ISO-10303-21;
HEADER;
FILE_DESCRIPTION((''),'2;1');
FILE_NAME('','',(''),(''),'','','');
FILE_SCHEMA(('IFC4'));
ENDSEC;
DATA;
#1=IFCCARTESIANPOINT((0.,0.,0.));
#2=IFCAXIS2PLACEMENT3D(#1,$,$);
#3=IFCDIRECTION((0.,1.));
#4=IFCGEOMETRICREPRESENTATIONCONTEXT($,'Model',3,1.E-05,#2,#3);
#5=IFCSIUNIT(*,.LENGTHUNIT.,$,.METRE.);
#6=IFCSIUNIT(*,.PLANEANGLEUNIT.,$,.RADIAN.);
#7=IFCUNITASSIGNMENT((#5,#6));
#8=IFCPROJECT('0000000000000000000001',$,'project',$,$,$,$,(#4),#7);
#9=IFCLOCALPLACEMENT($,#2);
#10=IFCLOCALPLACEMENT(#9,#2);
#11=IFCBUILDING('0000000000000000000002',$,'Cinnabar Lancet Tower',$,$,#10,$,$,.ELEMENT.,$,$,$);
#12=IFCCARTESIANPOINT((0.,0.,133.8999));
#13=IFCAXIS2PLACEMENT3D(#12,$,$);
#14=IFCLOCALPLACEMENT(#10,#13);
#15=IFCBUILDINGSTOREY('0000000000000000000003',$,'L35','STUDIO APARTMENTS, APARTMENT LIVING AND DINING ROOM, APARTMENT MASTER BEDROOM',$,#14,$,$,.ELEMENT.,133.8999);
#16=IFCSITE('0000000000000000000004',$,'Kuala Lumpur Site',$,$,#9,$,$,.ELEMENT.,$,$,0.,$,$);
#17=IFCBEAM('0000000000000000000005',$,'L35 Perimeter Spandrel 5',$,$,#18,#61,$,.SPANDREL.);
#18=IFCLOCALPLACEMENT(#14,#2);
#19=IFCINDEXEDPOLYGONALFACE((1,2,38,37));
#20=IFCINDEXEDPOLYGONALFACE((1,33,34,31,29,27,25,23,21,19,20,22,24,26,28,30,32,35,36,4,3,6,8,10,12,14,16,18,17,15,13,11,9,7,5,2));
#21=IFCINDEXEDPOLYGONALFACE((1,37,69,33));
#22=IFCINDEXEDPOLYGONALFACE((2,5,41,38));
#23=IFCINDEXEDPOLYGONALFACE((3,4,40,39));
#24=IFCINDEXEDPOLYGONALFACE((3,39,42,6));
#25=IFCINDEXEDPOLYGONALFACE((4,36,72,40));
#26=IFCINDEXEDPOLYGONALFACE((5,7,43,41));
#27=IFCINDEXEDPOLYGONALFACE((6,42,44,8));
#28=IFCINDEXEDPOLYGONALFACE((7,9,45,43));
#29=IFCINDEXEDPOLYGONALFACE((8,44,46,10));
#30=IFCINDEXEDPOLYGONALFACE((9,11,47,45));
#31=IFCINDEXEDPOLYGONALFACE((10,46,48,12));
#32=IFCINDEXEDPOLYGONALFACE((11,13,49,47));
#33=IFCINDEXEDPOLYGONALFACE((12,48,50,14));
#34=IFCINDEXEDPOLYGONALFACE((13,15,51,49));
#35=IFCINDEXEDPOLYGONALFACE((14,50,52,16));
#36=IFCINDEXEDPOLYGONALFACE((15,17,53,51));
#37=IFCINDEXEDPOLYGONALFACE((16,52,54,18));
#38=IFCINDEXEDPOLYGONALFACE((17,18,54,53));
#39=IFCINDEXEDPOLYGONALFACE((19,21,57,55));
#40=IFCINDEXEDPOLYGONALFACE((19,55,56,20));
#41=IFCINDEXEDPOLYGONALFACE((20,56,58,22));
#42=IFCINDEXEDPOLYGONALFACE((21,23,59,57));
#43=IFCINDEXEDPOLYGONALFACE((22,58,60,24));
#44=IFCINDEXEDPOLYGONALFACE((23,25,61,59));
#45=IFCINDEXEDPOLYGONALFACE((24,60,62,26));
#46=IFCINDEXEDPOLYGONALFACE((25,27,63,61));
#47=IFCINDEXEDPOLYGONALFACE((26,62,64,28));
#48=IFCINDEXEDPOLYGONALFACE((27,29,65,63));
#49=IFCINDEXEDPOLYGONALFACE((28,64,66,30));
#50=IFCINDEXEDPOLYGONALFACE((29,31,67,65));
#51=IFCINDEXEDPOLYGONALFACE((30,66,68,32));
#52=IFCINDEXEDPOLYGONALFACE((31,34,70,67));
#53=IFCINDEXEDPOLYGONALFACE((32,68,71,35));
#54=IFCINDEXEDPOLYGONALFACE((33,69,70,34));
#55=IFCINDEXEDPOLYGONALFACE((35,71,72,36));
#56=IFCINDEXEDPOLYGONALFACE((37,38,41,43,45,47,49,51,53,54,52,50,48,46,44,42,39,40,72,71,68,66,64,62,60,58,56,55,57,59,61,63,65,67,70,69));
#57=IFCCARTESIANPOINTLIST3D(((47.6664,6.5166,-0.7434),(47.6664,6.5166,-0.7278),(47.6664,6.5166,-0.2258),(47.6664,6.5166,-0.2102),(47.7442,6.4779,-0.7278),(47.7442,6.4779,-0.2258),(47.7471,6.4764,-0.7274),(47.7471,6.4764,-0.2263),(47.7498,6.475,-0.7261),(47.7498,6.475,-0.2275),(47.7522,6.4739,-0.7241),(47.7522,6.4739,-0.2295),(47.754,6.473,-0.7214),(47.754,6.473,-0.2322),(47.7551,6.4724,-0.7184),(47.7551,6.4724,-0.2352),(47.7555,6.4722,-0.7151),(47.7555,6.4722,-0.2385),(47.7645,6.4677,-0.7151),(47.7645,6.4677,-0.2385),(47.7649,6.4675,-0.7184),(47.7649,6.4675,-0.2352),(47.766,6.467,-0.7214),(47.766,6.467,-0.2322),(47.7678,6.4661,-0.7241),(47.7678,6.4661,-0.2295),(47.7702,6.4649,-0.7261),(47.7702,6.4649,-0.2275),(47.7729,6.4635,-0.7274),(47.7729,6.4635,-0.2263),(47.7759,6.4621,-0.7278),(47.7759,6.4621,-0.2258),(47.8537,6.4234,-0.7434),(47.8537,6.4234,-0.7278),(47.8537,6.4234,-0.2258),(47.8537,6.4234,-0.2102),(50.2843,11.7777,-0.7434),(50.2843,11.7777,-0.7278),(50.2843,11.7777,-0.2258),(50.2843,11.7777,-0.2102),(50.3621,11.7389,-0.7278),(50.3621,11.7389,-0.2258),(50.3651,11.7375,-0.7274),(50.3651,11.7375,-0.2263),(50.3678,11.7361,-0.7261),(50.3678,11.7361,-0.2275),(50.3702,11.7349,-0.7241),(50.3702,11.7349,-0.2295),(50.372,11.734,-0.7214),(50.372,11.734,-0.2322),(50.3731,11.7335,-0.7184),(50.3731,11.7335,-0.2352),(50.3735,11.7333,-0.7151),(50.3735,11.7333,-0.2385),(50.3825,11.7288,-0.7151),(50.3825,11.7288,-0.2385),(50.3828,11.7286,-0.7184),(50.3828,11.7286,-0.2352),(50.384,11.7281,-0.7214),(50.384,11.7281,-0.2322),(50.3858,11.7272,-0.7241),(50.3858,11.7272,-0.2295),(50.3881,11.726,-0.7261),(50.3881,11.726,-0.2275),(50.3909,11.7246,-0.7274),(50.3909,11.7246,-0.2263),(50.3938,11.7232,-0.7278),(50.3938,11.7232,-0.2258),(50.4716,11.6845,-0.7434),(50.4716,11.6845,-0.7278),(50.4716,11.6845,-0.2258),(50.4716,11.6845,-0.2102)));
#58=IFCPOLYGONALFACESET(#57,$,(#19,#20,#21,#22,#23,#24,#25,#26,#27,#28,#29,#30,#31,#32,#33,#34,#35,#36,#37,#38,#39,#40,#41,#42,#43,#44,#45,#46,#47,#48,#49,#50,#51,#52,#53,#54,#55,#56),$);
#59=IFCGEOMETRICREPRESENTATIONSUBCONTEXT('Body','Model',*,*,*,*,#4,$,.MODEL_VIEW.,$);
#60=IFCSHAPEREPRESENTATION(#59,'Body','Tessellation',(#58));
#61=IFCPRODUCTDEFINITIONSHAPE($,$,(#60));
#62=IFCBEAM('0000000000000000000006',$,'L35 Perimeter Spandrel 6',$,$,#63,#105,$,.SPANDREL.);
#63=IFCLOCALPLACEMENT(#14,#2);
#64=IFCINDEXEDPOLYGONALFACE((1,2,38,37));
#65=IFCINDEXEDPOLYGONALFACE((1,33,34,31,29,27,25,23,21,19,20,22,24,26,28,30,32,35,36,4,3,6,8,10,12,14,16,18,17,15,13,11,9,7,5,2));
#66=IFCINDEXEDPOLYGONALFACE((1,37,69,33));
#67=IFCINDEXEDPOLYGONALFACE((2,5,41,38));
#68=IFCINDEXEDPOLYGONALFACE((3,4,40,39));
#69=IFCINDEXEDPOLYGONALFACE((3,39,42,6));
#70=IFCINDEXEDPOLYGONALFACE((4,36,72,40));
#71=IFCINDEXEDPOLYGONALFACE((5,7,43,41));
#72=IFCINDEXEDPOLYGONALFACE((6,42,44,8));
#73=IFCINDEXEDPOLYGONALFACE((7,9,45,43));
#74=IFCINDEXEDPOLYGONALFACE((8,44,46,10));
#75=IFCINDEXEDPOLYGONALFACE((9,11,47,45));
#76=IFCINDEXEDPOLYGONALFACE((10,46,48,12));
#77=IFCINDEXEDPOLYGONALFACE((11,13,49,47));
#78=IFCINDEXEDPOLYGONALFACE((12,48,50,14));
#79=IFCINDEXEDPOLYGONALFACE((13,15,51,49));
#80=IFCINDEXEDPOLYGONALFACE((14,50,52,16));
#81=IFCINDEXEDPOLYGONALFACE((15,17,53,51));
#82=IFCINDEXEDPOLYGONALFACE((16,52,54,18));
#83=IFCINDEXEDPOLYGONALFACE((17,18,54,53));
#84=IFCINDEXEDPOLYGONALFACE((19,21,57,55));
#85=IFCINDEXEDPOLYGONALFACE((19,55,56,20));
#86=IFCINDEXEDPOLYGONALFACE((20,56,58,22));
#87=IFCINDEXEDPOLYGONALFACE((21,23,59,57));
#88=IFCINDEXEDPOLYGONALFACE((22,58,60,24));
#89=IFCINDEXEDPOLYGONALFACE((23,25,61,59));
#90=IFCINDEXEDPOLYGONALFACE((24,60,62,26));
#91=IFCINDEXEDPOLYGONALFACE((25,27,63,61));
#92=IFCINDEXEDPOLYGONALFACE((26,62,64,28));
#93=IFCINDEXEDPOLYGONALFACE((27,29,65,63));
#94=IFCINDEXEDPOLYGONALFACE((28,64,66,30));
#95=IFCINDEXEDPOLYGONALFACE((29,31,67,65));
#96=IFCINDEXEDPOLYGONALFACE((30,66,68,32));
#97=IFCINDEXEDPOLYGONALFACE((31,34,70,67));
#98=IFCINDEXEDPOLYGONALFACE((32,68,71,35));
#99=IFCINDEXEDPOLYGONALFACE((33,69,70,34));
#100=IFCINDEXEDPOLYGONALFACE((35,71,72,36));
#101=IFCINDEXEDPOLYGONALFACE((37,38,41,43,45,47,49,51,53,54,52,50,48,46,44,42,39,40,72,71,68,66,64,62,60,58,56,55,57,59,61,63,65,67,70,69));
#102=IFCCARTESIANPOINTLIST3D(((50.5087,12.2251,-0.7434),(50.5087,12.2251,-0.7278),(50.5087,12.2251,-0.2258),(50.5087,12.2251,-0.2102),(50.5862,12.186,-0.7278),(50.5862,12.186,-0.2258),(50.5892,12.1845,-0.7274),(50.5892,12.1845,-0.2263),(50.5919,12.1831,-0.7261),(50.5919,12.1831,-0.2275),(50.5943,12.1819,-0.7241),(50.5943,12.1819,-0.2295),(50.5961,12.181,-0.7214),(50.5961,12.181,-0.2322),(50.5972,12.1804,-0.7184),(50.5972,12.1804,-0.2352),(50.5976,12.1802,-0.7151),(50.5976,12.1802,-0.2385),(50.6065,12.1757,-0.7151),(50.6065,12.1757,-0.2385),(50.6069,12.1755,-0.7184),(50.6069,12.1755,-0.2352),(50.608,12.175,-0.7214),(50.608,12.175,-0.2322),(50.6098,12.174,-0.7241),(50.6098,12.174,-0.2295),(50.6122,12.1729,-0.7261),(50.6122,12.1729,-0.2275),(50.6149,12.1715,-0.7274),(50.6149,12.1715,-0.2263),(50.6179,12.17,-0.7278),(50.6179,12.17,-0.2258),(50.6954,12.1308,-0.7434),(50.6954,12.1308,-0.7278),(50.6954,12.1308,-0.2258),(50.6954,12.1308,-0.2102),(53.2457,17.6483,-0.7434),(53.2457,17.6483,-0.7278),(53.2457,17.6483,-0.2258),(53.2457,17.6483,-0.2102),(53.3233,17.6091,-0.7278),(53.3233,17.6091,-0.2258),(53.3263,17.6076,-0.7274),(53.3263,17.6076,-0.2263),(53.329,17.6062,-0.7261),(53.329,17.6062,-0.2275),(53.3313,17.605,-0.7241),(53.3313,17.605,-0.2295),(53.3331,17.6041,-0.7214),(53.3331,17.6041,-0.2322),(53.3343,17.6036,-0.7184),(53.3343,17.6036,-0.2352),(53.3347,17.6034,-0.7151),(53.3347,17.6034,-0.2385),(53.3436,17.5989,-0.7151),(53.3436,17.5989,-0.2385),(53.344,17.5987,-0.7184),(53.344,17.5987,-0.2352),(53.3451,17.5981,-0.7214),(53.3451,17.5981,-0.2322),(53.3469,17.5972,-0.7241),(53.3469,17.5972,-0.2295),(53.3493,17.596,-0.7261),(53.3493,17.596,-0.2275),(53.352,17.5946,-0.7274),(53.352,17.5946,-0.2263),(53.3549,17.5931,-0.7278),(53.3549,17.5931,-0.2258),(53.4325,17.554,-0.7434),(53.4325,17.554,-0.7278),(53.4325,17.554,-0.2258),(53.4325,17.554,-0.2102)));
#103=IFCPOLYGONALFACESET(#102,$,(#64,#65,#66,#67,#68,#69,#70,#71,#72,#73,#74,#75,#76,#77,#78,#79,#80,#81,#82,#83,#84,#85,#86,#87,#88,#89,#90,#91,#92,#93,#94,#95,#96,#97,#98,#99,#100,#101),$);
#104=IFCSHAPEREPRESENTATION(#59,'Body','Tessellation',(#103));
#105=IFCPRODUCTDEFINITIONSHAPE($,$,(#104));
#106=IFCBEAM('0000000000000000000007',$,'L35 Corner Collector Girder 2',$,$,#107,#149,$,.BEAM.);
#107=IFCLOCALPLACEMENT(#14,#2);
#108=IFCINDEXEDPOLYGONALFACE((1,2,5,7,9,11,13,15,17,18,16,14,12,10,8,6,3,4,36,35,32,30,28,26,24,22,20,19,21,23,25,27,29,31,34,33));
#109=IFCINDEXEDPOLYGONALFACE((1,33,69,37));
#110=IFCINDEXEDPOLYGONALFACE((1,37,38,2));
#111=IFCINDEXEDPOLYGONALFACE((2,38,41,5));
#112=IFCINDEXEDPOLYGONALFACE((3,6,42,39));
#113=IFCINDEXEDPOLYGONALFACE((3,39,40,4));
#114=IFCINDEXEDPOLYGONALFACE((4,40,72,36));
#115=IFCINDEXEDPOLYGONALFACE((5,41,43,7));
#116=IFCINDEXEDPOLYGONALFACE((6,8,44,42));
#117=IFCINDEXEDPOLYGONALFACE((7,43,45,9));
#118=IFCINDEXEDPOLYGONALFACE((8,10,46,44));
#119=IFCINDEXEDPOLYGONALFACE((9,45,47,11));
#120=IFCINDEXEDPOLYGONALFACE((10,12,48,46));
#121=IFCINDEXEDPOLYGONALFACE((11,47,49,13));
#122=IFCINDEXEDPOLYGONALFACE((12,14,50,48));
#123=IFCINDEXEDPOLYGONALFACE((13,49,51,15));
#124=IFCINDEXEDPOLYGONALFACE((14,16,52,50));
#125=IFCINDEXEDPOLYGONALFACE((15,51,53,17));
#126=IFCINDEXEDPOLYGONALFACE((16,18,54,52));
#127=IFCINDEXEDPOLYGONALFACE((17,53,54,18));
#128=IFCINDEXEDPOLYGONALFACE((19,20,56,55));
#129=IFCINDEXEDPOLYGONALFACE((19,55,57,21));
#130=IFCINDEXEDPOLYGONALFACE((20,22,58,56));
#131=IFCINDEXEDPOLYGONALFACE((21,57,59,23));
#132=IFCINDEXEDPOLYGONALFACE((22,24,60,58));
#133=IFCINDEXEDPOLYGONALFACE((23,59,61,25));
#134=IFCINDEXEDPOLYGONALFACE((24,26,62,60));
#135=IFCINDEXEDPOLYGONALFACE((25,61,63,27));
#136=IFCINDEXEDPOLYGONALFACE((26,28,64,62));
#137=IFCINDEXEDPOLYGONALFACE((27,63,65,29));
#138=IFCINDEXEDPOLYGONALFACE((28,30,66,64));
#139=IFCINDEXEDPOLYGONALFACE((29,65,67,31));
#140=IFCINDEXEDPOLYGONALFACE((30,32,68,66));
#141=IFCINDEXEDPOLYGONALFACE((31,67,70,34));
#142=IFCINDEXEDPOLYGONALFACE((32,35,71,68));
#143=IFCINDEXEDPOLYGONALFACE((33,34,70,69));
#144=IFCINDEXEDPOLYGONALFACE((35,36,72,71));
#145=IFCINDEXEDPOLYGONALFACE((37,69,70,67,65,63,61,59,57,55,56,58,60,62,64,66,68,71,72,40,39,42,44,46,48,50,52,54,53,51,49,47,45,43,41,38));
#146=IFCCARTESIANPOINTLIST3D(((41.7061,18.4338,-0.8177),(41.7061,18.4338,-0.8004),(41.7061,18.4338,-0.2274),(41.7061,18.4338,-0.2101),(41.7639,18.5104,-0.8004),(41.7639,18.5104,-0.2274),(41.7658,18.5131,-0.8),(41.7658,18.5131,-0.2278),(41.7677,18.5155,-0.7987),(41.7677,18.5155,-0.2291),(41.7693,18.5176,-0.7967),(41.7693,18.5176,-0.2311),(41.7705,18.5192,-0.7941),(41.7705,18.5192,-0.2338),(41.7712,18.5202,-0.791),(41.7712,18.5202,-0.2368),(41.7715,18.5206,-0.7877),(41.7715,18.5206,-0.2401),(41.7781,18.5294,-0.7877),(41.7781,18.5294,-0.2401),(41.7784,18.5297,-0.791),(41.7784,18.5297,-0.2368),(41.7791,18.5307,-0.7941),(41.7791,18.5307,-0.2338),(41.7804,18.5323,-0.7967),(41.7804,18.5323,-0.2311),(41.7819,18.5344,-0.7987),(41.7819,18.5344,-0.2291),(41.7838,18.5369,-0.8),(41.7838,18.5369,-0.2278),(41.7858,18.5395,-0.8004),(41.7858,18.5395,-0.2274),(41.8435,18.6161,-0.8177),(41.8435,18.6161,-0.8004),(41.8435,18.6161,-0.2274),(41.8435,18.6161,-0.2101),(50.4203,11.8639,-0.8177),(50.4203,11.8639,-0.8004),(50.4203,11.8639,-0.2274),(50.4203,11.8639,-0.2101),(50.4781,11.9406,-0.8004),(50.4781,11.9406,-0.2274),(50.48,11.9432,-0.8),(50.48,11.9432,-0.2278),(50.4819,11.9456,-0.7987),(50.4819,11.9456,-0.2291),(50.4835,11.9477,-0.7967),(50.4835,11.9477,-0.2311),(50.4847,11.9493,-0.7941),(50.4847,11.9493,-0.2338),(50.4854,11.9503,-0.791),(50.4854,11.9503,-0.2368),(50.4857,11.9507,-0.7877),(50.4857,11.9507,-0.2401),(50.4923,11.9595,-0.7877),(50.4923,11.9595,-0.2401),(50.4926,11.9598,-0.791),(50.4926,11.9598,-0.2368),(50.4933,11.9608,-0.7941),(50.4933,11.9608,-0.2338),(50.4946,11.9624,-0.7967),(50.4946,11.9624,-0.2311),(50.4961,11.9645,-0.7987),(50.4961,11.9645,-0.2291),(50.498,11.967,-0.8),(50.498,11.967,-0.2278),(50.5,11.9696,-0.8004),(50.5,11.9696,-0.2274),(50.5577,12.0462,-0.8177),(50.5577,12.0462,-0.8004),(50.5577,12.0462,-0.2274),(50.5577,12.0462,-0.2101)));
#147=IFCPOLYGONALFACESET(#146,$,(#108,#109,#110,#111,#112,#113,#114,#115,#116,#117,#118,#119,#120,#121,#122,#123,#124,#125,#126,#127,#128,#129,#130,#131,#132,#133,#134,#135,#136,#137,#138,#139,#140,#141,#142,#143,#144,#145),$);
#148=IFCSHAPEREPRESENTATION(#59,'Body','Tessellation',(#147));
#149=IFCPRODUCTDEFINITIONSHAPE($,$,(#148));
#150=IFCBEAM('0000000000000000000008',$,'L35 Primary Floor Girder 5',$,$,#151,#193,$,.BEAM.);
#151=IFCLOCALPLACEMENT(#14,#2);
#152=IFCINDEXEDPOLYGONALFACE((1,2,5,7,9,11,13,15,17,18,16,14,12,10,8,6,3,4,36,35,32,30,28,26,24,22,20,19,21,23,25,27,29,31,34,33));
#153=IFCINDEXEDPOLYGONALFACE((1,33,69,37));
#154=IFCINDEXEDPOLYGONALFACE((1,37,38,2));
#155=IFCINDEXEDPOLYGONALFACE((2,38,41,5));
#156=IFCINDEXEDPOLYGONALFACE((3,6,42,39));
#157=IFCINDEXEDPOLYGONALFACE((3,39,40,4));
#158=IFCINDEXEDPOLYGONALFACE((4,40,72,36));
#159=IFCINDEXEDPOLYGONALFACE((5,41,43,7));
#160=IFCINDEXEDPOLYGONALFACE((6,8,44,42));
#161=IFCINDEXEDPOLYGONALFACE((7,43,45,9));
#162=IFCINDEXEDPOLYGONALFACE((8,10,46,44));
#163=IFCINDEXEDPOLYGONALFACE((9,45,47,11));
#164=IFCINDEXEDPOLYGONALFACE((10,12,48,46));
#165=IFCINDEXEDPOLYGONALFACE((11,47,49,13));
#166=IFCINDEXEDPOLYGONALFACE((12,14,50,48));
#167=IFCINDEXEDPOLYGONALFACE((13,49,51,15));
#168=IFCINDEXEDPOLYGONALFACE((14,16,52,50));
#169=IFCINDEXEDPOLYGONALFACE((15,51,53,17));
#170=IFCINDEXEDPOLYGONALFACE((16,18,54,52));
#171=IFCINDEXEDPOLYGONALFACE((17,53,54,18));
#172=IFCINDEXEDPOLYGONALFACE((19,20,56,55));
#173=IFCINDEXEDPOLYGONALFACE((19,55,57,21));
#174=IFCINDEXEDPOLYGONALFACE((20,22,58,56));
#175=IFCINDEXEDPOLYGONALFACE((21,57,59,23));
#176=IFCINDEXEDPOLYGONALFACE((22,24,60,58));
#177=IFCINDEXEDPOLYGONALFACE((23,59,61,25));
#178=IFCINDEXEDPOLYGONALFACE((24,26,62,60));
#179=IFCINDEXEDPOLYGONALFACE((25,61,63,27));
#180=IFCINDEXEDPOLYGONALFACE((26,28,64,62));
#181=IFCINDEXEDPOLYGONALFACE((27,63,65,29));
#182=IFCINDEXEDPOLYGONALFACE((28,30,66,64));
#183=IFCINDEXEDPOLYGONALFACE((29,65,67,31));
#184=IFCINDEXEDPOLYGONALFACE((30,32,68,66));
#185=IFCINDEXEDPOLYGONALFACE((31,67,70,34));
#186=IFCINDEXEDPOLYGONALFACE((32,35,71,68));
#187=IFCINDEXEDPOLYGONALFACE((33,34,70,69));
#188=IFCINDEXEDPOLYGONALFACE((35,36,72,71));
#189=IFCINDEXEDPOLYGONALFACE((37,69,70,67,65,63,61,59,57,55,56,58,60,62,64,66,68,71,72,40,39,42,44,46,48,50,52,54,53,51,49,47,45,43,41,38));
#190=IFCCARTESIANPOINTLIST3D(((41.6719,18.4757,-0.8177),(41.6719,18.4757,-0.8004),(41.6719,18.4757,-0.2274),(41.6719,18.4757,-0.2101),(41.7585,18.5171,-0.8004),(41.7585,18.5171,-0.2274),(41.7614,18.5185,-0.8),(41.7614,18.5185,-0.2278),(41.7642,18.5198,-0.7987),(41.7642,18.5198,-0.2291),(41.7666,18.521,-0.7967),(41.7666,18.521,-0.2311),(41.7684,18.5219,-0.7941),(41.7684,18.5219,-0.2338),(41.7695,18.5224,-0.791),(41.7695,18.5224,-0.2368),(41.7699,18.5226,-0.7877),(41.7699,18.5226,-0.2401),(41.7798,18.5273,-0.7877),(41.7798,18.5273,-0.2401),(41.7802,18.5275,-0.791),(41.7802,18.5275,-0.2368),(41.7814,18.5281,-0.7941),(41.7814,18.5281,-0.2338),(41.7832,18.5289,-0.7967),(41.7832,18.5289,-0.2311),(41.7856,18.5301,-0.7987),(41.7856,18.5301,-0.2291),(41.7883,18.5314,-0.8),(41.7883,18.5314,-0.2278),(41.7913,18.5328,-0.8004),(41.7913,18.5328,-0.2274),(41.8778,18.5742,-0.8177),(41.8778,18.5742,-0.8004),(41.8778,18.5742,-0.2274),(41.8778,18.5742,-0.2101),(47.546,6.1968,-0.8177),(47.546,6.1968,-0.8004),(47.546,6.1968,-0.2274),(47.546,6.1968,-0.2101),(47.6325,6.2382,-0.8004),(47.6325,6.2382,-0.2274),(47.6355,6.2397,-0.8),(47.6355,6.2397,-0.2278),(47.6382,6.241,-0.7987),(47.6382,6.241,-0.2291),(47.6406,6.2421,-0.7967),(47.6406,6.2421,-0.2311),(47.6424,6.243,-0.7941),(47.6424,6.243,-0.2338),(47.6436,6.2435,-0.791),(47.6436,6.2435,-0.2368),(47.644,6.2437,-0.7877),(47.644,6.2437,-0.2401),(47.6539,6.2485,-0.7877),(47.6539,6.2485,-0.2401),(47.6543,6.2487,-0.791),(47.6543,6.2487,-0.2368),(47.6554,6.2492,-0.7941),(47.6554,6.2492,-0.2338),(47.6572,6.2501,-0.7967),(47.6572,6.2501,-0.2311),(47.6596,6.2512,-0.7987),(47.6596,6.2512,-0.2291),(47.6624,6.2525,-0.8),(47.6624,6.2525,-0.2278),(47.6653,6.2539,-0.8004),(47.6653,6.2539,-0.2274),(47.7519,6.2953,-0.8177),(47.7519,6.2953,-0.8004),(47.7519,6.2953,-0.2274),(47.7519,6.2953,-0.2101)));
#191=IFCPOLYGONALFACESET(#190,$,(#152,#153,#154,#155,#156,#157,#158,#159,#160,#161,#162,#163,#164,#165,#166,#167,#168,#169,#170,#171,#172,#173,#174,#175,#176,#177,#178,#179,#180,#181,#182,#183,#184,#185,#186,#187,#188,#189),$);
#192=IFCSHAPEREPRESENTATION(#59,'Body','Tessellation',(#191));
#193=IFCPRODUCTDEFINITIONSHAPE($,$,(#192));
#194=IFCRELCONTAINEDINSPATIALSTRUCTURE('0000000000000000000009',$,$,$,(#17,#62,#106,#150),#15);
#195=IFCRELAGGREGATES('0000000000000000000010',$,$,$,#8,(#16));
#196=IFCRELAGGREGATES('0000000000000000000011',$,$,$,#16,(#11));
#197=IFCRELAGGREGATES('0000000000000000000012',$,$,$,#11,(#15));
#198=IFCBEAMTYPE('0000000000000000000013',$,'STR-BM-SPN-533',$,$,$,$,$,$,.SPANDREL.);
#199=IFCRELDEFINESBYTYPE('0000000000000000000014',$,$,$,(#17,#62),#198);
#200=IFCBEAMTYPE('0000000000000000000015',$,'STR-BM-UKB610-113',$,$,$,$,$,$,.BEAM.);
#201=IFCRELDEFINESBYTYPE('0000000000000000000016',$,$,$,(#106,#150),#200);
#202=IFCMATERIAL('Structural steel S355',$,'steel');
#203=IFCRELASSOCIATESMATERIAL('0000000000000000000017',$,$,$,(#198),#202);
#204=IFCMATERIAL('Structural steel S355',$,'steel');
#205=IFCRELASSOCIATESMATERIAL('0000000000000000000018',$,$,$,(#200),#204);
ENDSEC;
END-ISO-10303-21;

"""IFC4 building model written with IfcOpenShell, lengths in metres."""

from ifc_helpers import new_model, si_unit, direction, frame, origin, origin_2d, place, context, subcontext, project, spatial, i_section, extrude, material, material_profile, profile_set, type_object, element, save


model = new_model("IFC4")

# Units and contexts
model_context = context("Model", 3, precision=1e-05, world=origin(), true_north=direction((0.0, 1.0)))
body_context = subcontext(model_context, "Body", "Model", "MODEL_VIEW")
ifc_project = project(units=[si_unit("LENGTHUNIT", "METRE"), si_unit("PLANEANGLEUNIT", "RADIAN")], contexts=[model_context])

# Site, building, storey
site_placement = place(None, origin())
site = spatial("IfcSite", under=ifc_project, at=site_placement, Name="Kuala Lumpur Site", CompositionType="ELEMENT", RefElevation=0.0)
building_placement = place(site_placement, origin())
building = spatial("IfcBuilding", under=site, at=building_placement, Name="Cinnabar Lancet Tower", CompositionType="ELEMENT")
storey_placement = place(building_placement, frame((0.0, 0.0, 133.8999)))
storey = spatial("IfcBuildingStorey", under=building, at=storey_placement, Name="L35", Description="STUDIO APARTMENTS, APARTMENT LIVING AND DINING ROOM, APARTMENT MASTER BEDROOM", CompositionType="ELEMENT", Elevation=133.8999)

# Beams
ifc_material_1 = material(Name="Structural steel S355", Category="steel")
ifc_material_profile_1 = material_profile(ifc_material_1, i_section(OverallWidth=0.2092, OverallDepth=0.5332, WebThickness=0.01, FlangeThickness=0.0156, FilletRadius=0.0127, at=origin_2d()), Name="UKB 533x210x92")
ifc_profile_set_1 = profile_set([ifc_material_profile_1], Name="Structural steel S355")
beam_type_1 = type_object("IfcBeamType", Name="STR-BM-SPN-533", PredefinedType="SPANDREL", material=ifc_profile_set_1)
beam_1_placement = place(storey_placement, frame((47.76, 6.47, -0.4768), z_axis=(0.445501, 0.895281, 0.0), x_axis=(-0.895281, 0.445501, 0.0)))
element("IfcBeam", 1, at=beam_1_placement, inside=storey, type_object=beam_type_1, Name="L35 Perimeter Spandrel 5", PredefinedType="SPANDREL", context=body_context, shape_type="SweptSolid", body=[
    extrude(i_section(OverallWidth=0.2092, OverallDepth=0.5332, WebThickness=0.01, FlangeThickness=0.0156, FilletRadius=0.0127, at=origin_2d()), origin(), (0.0, 0.0, 1.0), 5.8765),
])
beam_2_placement = place(storey_placement, frame((50.6021, 12.178, -0.4768), z_axis=(0.45057, 0.892741, 0.0), x_axis=(-0.892741, 0.45057, 0.0)))
element("IfcBeam", 2, at=beam_2_placement, inside=storey, type_object=beam_type_1, Name="L35 Perimeter Spandrel 6", PredefinedType="SPANDREL", context=body_context, shape_type="SweptSolid", body=[
    extrude(i_section(OverallWidth=0.2092, OverallDepth=0.5332, WebThickness=0.01, FlangeThickness=0.0156, FilletRadius=0.0127, at=origin_2d()), origin(), (0.0, 0.0, 1.0), 6.0747),
])
ifc_material_2 = material(Name="Structural steel S355", Category="steel")
ifc_material_profile_2 = material_profile(ifc_material_2, i_section(OverallWidth=0.2283, OverallDepth=0.6077, WebThickness=0.011, FlangeThickness=0.0173, FilletRadius=0.0127, at=origin_2d()), Name="UKB 610x229x113")
ifc_profile_set_2 = profile_set([ifc_material_profile_2], Name="Structural steel S355")
beam_type_2 = type_object("IfcBeamType", Name="STR-BM-UKB610-113", PredefinedType="BEAM", material=ifc_profile_set_2)
beam_3_placement = place(storey_placement, frame((50.489, 11.9551, -0.5139), z_axis=(-0.798491, 0.602006, 0.0), x_axis=(-0.602006, -0.798491, 0.0)))
element("IfcBeam", 3, at=beam_3_placement, inside=storey, type_object=beam_type_2, Name="L35 Corner Collector Girder 2", PredefinedType="BEAM", context=body_context, shape_type="SweptSolid", body=[
    extrude(i_section(OverallWidth=0.2283, OverallDepth=0.6077, WebThickness=0.011, FlangeThickness=0.0173, FilletRadius=0.0127, at=origin_2d()), origin(), (0.0, 0.0, 1.0), 10.9133),
])
beam_4_placement = place(storey_placement, frame((47.6489, 6.2461, -0.5139), z_axis=(-0.431548, 0.90209, 0.0), x_axis=(-0.90209, -0.431548, 0.0)))
element("IfcBeam", 4, at=beam_4_placement, inside=storey, type_object=beam_type_2, Name="L35 Primary Floor Girder 5", PredefinedType="BEAM", context=body_context, shape_type="SweptSolid", body=[
    extrude(i_section(OverallWidth=0.2283, OverallDepth=0.6077, WebThickness=0.011, FlangeThickness=0.0173, FilletRadius=0.0127, at=origin_2d()), origin(), (0.0, 0.0, 1.0), 13.6116),
])

save(model, "model.ifc")
